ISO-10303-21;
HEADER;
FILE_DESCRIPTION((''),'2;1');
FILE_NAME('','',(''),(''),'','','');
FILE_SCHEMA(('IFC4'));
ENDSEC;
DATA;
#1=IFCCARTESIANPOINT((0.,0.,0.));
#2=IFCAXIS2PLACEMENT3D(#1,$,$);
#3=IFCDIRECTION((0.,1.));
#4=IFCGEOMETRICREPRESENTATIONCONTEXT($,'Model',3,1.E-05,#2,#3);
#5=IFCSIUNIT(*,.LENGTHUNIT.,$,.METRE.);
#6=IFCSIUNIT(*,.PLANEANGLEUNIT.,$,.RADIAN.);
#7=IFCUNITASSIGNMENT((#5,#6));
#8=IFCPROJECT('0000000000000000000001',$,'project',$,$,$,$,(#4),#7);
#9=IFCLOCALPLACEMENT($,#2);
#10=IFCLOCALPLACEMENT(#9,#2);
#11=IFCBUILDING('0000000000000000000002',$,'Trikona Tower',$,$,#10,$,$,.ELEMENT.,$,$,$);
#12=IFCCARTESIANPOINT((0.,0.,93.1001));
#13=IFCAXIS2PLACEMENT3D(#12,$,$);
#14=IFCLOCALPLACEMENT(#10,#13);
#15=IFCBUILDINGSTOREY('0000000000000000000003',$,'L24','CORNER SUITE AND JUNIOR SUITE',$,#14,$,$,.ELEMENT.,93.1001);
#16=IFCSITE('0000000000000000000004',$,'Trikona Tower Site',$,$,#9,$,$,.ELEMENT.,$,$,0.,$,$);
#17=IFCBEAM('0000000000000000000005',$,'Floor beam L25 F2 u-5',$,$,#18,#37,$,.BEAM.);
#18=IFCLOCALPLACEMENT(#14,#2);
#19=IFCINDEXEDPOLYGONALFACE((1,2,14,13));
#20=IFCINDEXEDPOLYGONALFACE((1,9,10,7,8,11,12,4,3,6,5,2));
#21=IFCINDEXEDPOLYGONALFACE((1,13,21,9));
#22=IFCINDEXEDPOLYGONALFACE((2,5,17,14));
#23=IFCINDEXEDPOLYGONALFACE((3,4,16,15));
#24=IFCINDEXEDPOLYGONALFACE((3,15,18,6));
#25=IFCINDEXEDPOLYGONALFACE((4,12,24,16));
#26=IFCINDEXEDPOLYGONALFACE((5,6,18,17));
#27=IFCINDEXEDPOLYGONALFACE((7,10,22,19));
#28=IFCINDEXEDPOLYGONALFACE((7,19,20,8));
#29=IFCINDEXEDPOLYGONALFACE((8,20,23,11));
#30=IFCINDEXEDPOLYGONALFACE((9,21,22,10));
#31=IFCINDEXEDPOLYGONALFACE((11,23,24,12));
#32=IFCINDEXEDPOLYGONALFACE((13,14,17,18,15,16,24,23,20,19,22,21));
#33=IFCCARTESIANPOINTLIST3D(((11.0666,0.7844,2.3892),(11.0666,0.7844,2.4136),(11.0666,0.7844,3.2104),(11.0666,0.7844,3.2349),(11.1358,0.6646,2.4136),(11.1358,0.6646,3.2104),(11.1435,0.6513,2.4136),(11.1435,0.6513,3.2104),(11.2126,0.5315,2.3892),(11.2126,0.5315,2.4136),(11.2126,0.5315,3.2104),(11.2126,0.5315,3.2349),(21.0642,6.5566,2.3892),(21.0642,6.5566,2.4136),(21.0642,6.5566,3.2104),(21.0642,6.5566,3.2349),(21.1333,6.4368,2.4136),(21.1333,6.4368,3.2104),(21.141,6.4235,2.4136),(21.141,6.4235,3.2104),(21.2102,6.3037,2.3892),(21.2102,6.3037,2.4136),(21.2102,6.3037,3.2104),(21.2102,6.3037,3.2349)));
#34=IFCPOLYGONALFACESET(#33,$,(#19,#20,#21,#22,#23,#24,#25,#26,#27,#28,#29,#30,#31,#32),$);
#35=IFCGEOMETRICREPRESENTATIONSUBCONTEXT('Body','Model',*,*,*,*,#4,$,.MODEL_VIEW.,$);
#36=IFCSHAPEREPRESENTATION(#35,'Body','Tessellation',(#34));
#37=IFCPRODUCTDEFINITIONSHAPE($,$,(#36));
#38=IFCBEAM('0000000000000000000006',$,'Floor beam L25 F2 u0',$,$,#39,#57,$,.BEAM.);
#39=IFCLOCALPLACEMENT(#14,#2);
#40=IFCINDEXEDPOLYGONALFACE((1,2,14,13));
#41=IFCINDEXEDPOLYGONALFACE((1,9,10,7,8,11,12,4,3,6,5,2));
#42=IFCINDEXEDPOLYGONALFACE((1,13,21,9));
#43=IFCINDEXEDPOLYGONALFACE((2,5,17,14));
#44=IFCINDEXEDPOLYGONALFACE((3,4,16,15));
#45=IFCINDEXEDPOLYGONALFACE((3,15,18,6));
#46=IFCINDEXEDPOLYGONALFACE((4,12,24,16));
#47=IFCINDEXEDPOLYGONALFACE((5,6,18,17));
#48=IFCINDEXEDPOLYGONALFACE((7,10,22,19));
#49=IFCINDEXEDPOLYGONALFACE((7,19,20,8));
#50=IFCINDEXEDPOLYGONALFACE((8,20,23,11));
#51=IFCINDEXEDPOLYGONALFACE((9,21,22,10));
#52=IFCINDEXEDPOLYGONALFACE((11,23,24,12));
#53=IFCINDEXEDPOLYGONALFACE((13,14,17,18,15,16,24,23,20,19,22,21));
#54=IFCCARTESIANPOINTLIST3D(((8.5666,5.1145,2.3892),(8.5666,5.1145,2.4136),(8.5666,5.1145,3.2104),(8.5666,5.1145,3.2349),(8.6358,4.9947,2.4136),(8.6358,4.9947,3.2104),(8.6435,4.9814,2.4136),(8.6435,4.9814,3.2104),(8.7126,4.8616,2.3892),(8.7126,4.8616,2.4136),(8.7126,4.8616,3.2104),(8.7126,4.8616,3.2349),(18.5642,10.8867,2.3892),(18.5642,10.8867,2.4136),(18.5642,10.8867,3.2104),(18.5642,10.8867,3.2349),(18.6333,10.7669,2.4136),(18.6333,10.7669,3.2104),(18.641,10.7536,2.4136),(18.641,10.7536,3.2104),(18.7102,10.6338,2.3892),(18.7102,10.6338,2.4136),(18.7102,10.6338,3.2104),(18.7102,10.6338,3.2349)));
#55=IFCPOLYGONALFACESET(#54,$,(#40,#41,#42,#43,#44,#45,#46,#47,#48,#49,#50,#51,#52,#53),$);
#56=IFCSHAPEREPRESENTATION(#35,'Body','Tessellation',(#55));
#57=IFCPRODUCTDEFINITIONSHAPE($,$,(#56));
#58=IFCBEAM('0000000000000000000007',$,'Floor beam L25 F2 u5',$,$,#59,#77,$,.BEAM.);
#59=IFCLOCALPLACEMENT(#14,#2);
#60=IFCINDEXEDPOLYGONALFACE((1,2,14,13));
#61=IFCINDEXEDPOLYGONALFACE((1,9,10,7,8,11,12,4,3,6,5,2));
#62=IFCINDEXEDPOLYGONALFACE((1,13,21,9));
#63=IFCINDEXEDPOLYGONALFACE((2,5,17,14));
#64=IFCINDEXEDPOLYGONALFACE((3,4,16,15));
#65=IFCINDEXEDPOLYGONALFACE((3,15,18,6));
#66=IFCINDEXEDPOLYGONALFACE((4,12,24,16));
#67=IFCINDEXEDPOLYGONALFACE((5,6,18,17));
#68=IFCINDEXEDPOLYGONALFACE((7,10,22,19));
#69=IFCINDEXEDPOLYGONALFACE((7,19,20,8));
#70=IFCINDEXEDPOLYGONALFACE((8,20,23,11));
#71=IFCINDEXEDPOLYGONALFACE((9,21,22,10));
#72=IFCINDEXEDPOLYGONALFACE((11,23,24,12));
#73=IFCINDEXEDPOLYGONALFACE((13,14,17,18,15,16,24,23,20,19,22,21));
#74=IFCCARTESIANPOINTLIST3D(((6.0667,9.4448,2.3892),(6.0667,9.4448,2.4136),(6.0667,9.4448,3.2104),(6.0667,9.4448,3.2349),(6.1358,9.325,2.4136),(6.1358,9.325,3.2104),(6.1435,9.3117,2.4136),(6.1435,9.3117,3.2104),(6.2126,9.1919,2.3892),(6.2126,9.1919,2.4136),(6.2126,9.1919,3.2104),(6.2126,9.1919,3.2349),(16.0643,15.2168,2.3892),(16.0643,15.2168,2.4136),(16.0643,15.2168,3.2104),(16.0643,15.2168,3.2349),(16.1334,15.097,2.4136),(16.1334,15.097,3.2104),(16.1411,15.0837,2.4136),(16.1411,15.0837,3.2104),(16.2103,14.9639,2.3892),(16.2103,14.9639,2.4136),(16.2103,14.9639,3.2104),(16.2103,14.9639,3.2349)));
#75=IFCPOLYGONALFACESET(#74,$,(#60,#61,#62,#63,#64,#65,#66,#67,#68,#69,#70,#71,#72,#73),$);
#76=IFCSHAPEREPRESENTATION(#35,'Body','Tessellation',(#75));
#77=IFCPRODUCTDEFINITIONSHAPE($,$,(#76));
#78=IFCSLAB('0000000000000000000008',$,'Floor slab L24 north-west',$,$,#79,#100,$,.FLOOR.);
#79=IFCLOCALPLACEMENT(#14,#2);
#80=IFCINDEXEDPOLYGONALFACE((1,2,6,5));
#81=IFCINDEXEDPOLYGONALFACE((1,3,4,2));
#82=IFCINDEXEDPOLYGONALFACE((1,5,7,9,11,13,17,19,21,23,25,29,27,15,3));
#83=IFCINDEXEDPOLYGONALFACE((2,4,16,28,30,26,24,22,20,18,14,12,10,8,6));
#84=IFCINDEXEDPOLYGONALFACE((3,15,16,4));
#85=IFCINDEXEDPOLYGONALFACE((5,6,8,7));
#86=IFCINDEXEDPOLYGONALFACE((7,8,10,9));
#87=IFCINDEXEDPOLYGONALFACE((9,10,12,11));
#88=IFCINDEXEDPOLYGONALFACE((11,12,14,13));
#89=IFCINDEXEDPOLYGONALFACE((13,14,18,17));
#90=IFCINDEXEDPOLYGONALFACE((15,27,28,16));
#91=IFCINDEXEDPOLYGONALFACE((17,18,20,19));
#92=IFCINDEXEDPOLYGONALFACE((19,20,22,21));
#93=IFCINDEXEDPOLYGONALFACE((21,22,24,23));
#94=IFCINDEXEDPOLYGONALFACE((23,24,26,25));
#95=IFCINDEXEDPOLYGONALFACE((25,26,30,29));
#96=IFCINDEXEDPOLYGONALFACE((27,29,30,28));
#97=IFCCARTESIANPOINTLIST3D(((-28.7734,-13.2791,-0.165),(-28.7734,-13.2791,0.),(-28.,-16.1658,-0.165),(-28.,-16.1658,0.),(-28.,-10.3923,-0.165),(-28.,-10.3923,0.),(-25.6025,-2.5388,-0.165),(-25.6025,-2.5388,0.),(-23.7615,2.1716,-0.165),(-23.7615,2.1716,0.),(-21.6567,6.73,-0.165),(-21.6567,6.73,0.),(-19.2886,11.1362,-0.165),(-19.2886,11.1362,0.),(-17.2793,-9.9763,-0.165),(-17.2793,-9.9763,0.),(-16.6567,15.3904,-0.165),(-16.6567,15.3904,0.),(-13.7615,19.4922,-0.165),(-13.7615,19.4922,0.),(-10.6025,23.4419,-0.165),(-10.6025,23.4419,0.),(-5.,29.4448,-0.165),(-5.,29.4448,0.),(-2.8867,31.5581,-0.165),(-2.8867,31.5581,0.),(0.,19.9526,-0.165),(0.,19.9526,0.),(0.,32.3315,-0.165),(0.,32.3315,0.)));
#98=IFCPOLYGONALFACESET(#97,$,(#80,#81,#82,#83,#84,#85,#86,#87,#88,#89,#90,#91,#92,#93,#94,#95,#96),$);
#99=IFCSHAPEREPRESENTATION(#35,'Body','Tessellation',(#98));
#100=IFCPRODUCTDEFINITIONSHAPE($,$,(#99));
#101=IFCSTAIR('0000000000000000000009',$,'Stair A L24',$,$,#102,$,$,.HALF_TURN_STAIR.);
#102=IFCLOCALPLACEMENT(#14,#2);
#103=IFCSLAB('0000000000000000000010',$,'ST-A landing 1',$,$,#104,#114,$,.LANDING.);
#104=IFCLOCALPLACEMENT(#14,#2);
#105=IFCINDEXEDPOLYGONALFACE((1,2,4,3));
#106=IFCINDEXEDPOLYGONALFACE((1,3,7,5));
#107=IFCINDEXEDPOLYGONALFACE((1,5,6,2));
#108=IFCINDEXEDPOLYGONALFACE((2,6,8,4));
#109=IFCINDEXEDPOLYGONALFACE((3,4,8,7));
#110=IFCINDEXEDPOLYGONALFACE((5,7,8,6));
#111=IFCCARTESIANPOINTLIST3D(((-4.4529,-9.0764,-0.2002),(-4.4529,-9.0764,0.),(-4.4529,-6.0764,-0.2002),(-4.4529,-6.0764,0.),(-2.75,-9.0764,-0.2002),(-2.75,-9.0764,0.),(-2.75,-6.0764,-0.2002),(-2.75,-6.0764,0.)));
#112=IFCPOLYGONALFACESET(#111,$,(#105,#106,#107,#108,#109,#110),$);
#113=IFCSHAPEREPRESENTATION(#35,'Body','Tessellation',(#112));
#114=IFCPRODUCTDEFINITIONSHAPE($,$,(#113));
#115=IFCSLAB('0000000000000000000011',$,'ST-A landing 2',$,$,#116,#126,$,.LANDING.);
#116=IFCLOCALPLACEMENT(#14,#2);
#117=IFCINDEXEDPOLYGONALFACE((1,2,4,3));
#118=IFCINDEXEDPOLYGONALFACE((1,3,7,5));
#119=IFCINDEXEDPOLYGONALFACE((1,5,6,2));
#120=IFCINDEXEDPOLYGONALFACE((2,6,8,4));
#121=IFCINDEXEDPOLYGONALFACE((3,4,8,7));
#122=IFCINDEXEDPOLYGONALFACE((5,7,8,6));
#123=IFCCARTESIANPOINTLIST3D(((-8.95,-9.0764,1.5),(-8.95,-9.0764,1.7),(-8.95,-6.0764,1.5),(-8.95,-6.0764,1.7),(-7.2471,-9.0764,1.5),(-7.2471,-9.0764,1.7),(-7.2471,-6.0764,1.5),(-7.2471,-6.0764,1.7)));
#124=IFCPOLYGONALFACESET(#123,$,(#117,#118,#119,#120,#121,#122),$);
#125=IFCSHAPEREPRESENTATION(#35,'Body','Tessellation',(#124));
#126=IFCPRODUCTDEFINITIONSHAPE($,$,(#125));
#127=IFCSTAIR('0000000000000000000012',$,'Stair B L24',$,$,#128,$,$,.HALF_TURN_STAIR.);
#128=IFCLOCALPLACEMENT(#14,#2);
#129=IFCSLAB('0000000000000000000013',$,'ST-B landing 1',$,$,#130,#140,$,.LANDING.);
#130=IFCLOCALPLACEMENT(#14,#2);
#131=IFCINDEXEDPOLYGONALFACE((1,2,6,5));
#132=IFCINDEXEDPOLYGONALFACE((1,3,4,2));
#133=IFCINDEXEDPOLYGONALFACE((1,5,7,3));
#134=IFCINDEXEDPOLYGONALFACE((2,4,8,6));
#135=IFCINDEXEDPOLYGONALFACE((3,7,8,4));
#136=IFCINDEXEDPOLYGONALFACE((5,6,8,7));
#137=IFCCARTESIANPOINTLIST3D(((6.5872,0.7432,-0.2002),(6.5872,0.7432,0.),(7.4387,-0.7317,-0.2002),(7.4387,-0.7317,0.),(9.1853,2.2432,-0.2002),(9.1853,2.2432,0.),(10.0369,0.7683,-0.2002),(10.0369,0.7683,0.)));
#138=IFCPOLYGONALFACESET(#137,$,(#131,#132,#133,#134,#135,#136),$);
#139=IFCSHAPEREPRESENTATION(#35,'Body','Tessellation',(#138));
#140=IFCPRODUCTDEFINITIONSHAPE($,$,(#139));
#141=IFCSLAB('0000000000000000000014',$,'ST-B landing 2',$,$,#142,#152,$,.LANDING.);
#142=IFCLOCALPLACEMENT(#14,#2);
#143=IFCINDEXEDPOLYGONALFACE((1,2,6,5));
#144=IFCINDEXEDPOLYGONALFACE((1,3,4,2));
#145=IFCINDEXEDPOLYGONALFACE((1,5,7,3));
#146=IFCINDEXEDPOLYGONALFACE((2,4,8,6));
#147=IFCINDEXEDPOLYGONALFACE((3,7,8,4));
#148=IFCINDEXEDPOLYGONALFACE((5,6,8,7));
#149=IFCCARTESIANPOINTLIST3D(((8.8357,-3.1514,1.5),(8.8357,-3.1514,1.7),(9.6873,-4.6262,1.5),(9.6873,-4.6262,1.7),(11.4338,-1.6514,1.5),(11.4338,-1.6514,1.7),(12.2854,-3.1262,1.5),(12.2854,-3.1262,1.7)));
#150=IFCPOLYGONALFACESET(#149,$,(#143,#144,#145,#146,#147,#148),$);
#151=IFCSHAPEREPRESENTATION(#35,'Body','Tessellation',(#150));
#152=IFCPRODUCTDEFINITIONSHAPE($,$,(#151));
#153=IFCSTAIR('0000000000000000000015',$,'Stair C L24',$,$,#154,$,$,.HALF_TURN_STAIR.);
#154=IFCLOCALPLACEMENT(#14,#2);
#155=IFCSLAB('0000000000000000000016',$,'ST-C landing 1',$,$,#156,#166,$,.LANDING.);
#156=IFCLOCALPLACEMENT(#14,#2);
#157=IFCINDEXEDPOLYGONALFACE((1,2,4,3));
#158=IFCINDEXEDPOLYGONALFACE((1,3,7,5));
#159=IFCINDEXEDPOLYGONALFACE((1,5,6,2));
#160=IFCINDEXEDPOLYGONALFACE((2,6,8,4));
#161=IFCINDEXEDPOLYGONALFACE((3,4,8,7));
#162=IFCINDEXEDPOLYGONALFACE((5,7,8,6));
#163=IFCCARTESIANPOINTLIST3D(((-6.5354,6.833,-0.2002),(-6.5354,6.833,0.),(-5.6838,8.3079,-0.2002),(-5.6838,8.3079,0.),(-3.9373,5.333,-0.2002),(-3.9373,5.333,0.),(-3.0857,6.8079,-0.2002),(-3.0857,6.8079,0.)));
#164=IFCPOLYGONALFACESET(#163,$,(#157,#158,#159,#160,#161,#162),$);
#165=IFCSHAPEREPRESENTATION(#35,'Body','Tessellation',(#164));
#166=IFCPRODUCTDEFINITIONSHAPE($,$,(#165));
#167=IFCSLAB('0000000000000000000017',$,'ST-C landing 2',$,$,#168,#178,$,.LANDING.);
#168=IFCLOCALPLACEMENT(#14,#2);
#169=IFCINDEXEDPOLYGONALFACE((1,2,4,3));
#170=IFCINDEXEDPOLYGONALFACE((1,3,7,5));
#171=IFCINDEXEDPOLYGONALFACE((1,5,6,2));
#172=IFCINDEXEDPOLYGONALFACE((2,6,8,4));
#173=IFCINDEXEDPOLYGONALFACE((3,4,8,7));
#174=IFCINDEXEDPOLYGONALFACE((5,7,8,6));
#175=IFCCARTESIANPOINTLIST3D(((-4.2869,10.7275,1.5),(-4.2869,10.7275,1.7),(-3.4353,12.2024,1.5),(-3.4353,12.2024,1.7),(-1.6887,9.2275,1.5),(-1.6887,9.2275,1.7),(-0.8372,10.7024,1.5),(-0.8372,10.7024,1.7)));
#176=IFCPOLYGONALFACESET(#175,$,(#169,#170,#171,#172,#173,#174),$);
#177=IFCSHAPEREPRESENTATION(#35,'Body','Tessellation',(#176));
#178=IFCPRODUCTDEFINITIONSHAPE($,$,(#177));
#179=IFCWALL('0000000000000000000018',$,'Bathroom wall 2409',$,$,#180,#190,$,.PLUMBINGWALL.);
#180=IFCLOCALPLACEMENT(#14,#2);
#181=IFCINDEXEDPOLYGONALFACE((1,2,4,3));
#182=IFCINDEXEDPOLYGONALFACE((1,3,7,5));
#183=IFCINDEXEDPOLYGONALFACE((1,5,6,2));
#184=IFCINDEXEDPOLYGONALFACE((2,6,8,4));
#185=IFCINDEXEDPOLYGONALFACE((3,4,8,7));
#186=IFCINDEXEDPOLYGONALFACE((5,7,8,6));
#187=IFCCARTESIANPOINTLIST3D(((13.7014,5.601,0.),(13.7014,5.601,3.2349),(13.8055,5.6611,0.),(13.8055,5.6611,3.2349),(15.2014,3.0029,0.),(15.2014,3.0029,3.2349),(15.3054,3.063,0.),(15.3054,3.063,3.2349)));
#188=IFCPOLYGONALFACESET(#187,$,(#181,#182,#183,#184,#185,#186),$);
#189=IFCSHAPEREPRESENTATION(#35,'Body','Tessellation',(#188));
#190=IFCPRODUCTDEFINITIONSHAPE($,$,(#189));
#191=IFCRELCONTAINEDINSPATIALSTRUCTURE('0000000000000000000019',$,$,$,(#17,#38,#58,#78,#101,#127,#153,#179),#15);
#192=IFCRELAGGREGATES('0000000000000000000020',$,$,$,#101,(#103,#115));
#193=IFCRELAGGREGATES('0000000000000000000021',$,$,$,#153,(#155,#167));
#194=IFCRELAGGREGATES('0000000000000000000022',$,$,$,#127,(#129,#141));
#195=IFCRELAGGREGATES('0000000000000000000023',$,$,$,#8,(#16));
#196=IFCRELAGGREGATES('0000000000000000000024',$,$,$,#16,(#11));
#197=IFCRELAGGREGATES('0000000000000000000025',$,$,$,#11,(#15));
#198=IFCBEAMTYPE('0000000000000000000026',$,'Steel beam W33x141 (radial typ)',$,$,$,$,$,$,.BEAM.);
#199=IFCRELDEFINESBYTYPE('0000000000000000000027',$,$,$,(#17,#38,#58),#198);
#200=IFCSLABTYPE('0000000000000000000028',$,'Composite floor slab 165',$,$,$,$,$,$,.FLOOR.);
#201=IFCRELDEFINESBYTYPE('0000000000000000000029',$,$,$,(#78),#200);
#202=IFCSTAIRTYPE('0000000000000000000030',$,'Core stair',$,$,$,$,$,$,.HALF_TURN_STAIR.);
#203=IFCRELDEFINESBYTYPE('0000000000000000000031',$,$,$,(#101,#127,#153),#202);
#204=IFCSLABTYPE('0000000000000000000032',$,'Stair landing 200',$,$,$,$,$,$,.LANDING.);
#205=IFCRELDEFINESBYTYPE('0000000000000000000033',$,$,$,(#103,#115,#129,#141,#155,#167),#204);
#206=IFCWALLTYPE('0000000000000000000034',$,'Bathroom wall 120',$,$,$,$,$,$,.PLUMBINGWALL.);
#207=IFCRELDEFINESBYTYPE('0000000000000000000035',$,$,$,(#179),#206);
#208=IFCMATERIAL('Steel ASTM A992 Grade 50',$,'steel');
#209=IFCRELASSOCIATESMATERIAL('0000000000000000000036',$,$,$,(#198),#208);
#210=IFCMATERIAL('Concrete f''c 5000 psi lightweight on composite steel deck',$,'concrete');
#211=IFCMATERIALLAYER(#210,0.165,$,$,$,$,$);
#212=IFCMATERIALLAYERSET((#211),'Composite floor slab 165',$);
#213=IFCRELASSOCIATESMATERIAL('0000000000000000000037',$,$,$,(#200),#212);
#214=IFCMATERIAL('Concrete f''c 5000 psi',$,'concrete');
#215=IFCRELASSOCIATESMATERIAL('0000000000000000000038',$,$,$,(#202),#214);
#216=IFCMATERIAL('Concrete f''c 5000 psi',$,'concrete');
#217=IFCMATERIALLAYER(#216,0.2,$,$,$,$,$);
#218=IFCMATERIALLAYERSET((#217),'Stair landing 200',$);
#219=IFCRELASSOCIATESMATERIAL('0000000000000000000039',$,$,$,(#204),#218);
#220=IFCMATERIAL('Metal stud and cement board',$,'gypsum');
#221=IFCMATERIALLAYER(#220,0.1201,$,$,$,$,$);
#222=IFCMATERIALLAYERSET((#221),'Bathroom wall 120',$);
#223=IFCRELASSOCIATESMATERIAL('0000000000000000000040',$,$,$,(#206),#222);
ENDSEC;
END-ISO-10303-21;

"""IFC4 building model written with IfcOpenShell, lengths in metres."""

from ifc_helpers import new_model, si_unit, direction, frame, frame_2d, origin, origin_2d, place, context, subcontext, project, spatial, polyline, rectangle, i_section, outline, extrude, material, layer, layer_set, material_profile, profile_set, type_object, element, aggregate, save


model = new_model("IFC4")

# Units and contexts
model_context = context("Model", 3, precision=1e-05, world=origin(), true_north=direction((0.0, 1.0)))
body_context = subcontext(model_context, "Body", "Model", "MODEL_VIEW")
ifc_project = project(units=[si_unit("LENGTHUNIT", "METRE"), si_unit("PLANEANGLEUNIT", "RADIAN")], contexts=[model_context])

# Site, building, storey
site_placement = place(None, origin())
site = spatial("IfcSite", under=ifc_project, at=site_placement, Name="Trikona Tower Site", CompositionType="ELEMENT", RefElevation=0.0)
building_placement = place(site_placement, origin())
building = spatial("IfcBuilding", under=site, at=building_placement, Name="Trikona Tower", CompositionType="ELEMENT")
storey_placement = place(building_placement, frame((0.0, 0.0, 93.1001)))
storey = spatial("IfcBuildingStorey", under=building, at=storey_placement, Name="L24", Description="CORNER SUITE AND JUNIOR SUITE", CompositionType="ELEMENT", Elevation=93.1001)

# Beams
ifc_material_1 = material(Name="Steel ASTM A992 Grade 50", Category="steel")
ifc_material_profile = material_profile(ifc_material_1, i_section(OverallWidth=0.292, OverallDepth=0.8457, WebThickness=0.0154, FlangeThickness=0.0244, at=origin_2d()), Name="W33X141")
ifc_profile_set = profile_set([ifc_material_profile], Name="Steel ASTM A992 Grade 50")
beam_type = type_object("IfcBeamType", Name="Steel beam W33x141 (radial typ)", PredefinedType="BEAM", material=ifc_profile_set)
for number, where, z_axis, x_axis, name in (
    (1, (11.1396, 0.658, 2.812), (0.866021, 0.500008, 0.0), (-0.500008, 0.866021, 0.0), "Floor beam L25 F2 u-5"),
    (2, (8.6396, 4.988, 2.812), (0.866021, 0.500008, 0.0), (-0.500008, 0.866021, 0.0), "Floor beam L25 F2 u0"),
    (3, (6.1396, 9.3184, 2.812), (0.86603, 0.499992, 0.0), (-0.499992, 0.86603, 0.0), "Floor beam L25 F2 u5"),
):
    element("IfcBeam", number, at=place(storey_placement, frame(where, z_axis=z_axis, x_axis=x_axis)), inside=storey, type_object=beam_type, Name=name, PredefinedType="BEAM", context=body_context, shape_type="SweptSolid", body=[
        extrude(i_section(OverallWidth=0.292, OverallDepth=0.8457, WebThickness=0.0154, FlangeThickness=0.0244, at=origin_2d()), origin(), (0.0, 0.0, 1.0), 11.5442),
    ])

# Slab
ifc_material_2 = material(Name="Concrete f'c 5000 psi lightweight on composite steel deck", Category="concrete")
ifc_layer_1 = layer(ifc_material_2, 0.165)
ifc_layer_set_1 = layer_set([ifc_layer_1], Name="Composite floor slab 165")
slab_type_1 = type_object("IfcSlabType", Name="Composite floor slab 165", PredefinedType="FLOOR", material=ifc_layer_set_1)
slab_1_placement = place(storey_placement, frame((0.0, 0.0, -0.165)))
element("IfcSlab", 4, at=slab_1_placement, inside=storey, type_object=slab_type_1, Name="Floor slab L24 north-west", PredefinedType="FLOOR", context=body_context, shape_type="SweptSolid", body=[
    extrude(outline(polyline([(0.0, 19.9526), (0.0, 32.3315), (-2.8867, 31.5581), (-5.0, 29.4448), (-10.6025, 23.4419), (-13.7615, 19.4922), (-16.6567, 15.3904), (-19.2886, 11.1362), (-21.6567, 6.73), (-23.7615, 2.1716), (-25.6025, -2.5388), (-28.0, -10.3923), (-28.7734, -13.2791), (-28.0, -16.1658), (-17.2793, -9.9763), (0.0, 19.9526)])), origin(), (0.0, 0.0, 1.0), 0.165),
])

# Stairs, slabs
ifc_material_3 = material(Name="Concrete f'c 5000 psi", Category="concrete")
stair_type = type_object("IfcStairType", Name="Core stair", PredefinedType="HALF_TURN_STAIR", material=ifc_material_3)
stair_1_placement = place(storey_placement, origin())
stair_1 = element("IfcStair", 5, at=stair_1_placement, inside=storey, type_object=stair_type, Name="Stair A L24", PredefinedType="HALF_TURN_STAIR")
ifc_material_4 = material(Name="Concrete f'c 5000 psi", Category="concrete")
ifc_layer_2 = layer(ifc_material_4, 0.2)
ifc_layer_set_2 = layer_set([ifc_layer_2], Name="Stair landing 200")
slab_type_2 = type_object("IfcSlabType", Name="Stair landing 200", PredefinedType="LANDING", material=ifc_layer_set_2)
slab_2_placement = place(storey_placement, frame((0.0, 0.0, -0.2002)))
slab_2 = element("IfcSlab", 6, at=slab_2_placement, type_object=slab_type_2, Name="ST-A landing 1", PredefinedType="LANDING", context=body_context, shape_type="SweptSolid", body=[
    extrude(outline(polyline([(-4.4529, -6.0764), (-2.75, -6.0764), (-2.75, -9.0764), (-4.4529, -9.0764), (-4.4529, -6.0764)])), origin(), (0.0, 0.0, 1.0), 0.2002),
])
slab_3_placement = place(storey_placement, frame((0.0, 0.0, 1.5)))
slab_3 = element("IfcSlab", 7, at=slab_3_placement, type_object=slab_type_2, Name="ST-A landing 2", PredefinedType="LANDING", context=body_context, shape_type="SweptSolid", body=[
    extrude(outline(polyline([(-8.95, -6.0764), (-7.2471, -6.0764), (-7.2471, -9.0764), (-8.95, -9.0764), (-8.95, -6.0764)])), origin(), (0.0, 0.0, 1.0), 0.2),
])
aggregate(stair_1, [slab_2, slab_3])
stair_2_placement = place(storey_placement, origin())
stair_2 = element("IfcStair", 8, at=stair_2_placement, inside=storey, type_object=stair_type, Name="Stair B L24", PredefinedType="HALF_TURN_STAIR")
slab_4_placement = place(storey_placement, frame((0.0, 0.0, -0.2002)))
slab_4 = element("IfcSlab", 9, at=slab_4_placement, type_object=slab_type_2, Name="ST-B landing 1", PredefinedType="LANDING", context=body_context, shape_type="SweptSolid", body=[
    extrude(outline(polyline([(7.4387, -0.7317), (6.5872, 0.7432), (9.1853, 2.2432), (10.0369, 0.7683), (7.4387, -0.7317)])), origin(), (0.0, 0.0, 1.0), 0.2002),
])
slab_5_placement = place(storey_placement, frame((0.0, 0.0, 1.5)))
slab_5 = element("IfcSlab", 10, at=slab_5_placement, type_object=slab_type_2, Name="ST-B landing 2", PredefinedType="LANDING", context=body_context, shape_type="SweptSolid", body=[
    extrude(outline(polyline([(9.6873, -4.6262), (8.8357, -3.1514), (11.4338, -1.6514), (12.2854, -3.1262), (9.6873, -4.6262)])), origin(), (0.0, 0.0, 1.0), 0.2),
])
stair_3_placement = place(storey_placement, origin())
stair_3 = element("IfcStair", 11, at=stair_3_placement, inside=storey, type_object=stair_type, Name="Stair C L24", PredefinedType="HALF_TURN_STAIR")
slab_6_placement = place(storey_placement, frame((0.0, 0.0, -0.2002)))
slab_6 = element("IfcSlab", 12, at=slab_6_placement, type_object=slab_type_2, Name="ST-C landing 1", PredefinedType="LANDING", context=body_context, shape_type="SweptSolid", body=[
    extrude(outline(polyline([(-3.0857, 6.8079), (-3.9373, 5.333), (-6.5354, 6.833), (-5.6838, 8.3079), (-3.0857, 6.8079)])), origin(), (0.0, 0.0, 1.0), 0.2002),
])
slab_7_placement = place(storey_placement, frame((0.0, 0.0, 1.5)))
slab_7 = element("IfcSlab", 13, at=slab_7_placement, type_object=slab_type_2, Name="ST-C landing 2", PredefinedType="LANDING", context=body_context, shape_type="SweptSolid", body=[
    extrude(outline(polyline([(-0.8372, 10.7024), (-1.6887, 9.2275), (-4.2869, 10.7275), (-3.4353, 12.2024), (-0.8372, 10.7024)])), origin(), (0.0, 0.0, 1.0), 0.2),
])
aggregate(stair_3, [slab_6, slab_7])

# Wall
ifc_material_5 = material(Name="Metal stud and cement board", Category="gypsum")
ifc_layer_3 = layer(ifc_material_5, 0.1201)
ifc_layer_set_3 = layer_set([ifc_layer_3], Name="Bathroom wall 120")
wall_type_1 = type_object("IfcWallType", Name="Bathroom wall 120", PredefinedType="PLUMBINGWALL", material=ifc_layer_set_3)
wall_1_placement = place(storey_placement, frame((15.2534, 3.033, 0.0), z_axis=(0.0, 0.0, 1.0), x_axis=(-0.49999, 0.866031, 0.0)))
element("IfcWall", 14, at=wall_1_placement, inside=storey, type_object=wall_type_1, Name="Bathroom wall 2409", PredefinedType="PLUMBINGWALL", context=body_context, shape_type="SweptSolid", body=[
    extrude(rectangle(XDim=3.0, YDim=0.1201, at=frame_2d((1.5, 0.0))), origin(), (0.0, 0.0, 1.0), 3.2349),
])

aggregate(stair_2, [slab_4, slab_5])

save(model, "model.ifc")
